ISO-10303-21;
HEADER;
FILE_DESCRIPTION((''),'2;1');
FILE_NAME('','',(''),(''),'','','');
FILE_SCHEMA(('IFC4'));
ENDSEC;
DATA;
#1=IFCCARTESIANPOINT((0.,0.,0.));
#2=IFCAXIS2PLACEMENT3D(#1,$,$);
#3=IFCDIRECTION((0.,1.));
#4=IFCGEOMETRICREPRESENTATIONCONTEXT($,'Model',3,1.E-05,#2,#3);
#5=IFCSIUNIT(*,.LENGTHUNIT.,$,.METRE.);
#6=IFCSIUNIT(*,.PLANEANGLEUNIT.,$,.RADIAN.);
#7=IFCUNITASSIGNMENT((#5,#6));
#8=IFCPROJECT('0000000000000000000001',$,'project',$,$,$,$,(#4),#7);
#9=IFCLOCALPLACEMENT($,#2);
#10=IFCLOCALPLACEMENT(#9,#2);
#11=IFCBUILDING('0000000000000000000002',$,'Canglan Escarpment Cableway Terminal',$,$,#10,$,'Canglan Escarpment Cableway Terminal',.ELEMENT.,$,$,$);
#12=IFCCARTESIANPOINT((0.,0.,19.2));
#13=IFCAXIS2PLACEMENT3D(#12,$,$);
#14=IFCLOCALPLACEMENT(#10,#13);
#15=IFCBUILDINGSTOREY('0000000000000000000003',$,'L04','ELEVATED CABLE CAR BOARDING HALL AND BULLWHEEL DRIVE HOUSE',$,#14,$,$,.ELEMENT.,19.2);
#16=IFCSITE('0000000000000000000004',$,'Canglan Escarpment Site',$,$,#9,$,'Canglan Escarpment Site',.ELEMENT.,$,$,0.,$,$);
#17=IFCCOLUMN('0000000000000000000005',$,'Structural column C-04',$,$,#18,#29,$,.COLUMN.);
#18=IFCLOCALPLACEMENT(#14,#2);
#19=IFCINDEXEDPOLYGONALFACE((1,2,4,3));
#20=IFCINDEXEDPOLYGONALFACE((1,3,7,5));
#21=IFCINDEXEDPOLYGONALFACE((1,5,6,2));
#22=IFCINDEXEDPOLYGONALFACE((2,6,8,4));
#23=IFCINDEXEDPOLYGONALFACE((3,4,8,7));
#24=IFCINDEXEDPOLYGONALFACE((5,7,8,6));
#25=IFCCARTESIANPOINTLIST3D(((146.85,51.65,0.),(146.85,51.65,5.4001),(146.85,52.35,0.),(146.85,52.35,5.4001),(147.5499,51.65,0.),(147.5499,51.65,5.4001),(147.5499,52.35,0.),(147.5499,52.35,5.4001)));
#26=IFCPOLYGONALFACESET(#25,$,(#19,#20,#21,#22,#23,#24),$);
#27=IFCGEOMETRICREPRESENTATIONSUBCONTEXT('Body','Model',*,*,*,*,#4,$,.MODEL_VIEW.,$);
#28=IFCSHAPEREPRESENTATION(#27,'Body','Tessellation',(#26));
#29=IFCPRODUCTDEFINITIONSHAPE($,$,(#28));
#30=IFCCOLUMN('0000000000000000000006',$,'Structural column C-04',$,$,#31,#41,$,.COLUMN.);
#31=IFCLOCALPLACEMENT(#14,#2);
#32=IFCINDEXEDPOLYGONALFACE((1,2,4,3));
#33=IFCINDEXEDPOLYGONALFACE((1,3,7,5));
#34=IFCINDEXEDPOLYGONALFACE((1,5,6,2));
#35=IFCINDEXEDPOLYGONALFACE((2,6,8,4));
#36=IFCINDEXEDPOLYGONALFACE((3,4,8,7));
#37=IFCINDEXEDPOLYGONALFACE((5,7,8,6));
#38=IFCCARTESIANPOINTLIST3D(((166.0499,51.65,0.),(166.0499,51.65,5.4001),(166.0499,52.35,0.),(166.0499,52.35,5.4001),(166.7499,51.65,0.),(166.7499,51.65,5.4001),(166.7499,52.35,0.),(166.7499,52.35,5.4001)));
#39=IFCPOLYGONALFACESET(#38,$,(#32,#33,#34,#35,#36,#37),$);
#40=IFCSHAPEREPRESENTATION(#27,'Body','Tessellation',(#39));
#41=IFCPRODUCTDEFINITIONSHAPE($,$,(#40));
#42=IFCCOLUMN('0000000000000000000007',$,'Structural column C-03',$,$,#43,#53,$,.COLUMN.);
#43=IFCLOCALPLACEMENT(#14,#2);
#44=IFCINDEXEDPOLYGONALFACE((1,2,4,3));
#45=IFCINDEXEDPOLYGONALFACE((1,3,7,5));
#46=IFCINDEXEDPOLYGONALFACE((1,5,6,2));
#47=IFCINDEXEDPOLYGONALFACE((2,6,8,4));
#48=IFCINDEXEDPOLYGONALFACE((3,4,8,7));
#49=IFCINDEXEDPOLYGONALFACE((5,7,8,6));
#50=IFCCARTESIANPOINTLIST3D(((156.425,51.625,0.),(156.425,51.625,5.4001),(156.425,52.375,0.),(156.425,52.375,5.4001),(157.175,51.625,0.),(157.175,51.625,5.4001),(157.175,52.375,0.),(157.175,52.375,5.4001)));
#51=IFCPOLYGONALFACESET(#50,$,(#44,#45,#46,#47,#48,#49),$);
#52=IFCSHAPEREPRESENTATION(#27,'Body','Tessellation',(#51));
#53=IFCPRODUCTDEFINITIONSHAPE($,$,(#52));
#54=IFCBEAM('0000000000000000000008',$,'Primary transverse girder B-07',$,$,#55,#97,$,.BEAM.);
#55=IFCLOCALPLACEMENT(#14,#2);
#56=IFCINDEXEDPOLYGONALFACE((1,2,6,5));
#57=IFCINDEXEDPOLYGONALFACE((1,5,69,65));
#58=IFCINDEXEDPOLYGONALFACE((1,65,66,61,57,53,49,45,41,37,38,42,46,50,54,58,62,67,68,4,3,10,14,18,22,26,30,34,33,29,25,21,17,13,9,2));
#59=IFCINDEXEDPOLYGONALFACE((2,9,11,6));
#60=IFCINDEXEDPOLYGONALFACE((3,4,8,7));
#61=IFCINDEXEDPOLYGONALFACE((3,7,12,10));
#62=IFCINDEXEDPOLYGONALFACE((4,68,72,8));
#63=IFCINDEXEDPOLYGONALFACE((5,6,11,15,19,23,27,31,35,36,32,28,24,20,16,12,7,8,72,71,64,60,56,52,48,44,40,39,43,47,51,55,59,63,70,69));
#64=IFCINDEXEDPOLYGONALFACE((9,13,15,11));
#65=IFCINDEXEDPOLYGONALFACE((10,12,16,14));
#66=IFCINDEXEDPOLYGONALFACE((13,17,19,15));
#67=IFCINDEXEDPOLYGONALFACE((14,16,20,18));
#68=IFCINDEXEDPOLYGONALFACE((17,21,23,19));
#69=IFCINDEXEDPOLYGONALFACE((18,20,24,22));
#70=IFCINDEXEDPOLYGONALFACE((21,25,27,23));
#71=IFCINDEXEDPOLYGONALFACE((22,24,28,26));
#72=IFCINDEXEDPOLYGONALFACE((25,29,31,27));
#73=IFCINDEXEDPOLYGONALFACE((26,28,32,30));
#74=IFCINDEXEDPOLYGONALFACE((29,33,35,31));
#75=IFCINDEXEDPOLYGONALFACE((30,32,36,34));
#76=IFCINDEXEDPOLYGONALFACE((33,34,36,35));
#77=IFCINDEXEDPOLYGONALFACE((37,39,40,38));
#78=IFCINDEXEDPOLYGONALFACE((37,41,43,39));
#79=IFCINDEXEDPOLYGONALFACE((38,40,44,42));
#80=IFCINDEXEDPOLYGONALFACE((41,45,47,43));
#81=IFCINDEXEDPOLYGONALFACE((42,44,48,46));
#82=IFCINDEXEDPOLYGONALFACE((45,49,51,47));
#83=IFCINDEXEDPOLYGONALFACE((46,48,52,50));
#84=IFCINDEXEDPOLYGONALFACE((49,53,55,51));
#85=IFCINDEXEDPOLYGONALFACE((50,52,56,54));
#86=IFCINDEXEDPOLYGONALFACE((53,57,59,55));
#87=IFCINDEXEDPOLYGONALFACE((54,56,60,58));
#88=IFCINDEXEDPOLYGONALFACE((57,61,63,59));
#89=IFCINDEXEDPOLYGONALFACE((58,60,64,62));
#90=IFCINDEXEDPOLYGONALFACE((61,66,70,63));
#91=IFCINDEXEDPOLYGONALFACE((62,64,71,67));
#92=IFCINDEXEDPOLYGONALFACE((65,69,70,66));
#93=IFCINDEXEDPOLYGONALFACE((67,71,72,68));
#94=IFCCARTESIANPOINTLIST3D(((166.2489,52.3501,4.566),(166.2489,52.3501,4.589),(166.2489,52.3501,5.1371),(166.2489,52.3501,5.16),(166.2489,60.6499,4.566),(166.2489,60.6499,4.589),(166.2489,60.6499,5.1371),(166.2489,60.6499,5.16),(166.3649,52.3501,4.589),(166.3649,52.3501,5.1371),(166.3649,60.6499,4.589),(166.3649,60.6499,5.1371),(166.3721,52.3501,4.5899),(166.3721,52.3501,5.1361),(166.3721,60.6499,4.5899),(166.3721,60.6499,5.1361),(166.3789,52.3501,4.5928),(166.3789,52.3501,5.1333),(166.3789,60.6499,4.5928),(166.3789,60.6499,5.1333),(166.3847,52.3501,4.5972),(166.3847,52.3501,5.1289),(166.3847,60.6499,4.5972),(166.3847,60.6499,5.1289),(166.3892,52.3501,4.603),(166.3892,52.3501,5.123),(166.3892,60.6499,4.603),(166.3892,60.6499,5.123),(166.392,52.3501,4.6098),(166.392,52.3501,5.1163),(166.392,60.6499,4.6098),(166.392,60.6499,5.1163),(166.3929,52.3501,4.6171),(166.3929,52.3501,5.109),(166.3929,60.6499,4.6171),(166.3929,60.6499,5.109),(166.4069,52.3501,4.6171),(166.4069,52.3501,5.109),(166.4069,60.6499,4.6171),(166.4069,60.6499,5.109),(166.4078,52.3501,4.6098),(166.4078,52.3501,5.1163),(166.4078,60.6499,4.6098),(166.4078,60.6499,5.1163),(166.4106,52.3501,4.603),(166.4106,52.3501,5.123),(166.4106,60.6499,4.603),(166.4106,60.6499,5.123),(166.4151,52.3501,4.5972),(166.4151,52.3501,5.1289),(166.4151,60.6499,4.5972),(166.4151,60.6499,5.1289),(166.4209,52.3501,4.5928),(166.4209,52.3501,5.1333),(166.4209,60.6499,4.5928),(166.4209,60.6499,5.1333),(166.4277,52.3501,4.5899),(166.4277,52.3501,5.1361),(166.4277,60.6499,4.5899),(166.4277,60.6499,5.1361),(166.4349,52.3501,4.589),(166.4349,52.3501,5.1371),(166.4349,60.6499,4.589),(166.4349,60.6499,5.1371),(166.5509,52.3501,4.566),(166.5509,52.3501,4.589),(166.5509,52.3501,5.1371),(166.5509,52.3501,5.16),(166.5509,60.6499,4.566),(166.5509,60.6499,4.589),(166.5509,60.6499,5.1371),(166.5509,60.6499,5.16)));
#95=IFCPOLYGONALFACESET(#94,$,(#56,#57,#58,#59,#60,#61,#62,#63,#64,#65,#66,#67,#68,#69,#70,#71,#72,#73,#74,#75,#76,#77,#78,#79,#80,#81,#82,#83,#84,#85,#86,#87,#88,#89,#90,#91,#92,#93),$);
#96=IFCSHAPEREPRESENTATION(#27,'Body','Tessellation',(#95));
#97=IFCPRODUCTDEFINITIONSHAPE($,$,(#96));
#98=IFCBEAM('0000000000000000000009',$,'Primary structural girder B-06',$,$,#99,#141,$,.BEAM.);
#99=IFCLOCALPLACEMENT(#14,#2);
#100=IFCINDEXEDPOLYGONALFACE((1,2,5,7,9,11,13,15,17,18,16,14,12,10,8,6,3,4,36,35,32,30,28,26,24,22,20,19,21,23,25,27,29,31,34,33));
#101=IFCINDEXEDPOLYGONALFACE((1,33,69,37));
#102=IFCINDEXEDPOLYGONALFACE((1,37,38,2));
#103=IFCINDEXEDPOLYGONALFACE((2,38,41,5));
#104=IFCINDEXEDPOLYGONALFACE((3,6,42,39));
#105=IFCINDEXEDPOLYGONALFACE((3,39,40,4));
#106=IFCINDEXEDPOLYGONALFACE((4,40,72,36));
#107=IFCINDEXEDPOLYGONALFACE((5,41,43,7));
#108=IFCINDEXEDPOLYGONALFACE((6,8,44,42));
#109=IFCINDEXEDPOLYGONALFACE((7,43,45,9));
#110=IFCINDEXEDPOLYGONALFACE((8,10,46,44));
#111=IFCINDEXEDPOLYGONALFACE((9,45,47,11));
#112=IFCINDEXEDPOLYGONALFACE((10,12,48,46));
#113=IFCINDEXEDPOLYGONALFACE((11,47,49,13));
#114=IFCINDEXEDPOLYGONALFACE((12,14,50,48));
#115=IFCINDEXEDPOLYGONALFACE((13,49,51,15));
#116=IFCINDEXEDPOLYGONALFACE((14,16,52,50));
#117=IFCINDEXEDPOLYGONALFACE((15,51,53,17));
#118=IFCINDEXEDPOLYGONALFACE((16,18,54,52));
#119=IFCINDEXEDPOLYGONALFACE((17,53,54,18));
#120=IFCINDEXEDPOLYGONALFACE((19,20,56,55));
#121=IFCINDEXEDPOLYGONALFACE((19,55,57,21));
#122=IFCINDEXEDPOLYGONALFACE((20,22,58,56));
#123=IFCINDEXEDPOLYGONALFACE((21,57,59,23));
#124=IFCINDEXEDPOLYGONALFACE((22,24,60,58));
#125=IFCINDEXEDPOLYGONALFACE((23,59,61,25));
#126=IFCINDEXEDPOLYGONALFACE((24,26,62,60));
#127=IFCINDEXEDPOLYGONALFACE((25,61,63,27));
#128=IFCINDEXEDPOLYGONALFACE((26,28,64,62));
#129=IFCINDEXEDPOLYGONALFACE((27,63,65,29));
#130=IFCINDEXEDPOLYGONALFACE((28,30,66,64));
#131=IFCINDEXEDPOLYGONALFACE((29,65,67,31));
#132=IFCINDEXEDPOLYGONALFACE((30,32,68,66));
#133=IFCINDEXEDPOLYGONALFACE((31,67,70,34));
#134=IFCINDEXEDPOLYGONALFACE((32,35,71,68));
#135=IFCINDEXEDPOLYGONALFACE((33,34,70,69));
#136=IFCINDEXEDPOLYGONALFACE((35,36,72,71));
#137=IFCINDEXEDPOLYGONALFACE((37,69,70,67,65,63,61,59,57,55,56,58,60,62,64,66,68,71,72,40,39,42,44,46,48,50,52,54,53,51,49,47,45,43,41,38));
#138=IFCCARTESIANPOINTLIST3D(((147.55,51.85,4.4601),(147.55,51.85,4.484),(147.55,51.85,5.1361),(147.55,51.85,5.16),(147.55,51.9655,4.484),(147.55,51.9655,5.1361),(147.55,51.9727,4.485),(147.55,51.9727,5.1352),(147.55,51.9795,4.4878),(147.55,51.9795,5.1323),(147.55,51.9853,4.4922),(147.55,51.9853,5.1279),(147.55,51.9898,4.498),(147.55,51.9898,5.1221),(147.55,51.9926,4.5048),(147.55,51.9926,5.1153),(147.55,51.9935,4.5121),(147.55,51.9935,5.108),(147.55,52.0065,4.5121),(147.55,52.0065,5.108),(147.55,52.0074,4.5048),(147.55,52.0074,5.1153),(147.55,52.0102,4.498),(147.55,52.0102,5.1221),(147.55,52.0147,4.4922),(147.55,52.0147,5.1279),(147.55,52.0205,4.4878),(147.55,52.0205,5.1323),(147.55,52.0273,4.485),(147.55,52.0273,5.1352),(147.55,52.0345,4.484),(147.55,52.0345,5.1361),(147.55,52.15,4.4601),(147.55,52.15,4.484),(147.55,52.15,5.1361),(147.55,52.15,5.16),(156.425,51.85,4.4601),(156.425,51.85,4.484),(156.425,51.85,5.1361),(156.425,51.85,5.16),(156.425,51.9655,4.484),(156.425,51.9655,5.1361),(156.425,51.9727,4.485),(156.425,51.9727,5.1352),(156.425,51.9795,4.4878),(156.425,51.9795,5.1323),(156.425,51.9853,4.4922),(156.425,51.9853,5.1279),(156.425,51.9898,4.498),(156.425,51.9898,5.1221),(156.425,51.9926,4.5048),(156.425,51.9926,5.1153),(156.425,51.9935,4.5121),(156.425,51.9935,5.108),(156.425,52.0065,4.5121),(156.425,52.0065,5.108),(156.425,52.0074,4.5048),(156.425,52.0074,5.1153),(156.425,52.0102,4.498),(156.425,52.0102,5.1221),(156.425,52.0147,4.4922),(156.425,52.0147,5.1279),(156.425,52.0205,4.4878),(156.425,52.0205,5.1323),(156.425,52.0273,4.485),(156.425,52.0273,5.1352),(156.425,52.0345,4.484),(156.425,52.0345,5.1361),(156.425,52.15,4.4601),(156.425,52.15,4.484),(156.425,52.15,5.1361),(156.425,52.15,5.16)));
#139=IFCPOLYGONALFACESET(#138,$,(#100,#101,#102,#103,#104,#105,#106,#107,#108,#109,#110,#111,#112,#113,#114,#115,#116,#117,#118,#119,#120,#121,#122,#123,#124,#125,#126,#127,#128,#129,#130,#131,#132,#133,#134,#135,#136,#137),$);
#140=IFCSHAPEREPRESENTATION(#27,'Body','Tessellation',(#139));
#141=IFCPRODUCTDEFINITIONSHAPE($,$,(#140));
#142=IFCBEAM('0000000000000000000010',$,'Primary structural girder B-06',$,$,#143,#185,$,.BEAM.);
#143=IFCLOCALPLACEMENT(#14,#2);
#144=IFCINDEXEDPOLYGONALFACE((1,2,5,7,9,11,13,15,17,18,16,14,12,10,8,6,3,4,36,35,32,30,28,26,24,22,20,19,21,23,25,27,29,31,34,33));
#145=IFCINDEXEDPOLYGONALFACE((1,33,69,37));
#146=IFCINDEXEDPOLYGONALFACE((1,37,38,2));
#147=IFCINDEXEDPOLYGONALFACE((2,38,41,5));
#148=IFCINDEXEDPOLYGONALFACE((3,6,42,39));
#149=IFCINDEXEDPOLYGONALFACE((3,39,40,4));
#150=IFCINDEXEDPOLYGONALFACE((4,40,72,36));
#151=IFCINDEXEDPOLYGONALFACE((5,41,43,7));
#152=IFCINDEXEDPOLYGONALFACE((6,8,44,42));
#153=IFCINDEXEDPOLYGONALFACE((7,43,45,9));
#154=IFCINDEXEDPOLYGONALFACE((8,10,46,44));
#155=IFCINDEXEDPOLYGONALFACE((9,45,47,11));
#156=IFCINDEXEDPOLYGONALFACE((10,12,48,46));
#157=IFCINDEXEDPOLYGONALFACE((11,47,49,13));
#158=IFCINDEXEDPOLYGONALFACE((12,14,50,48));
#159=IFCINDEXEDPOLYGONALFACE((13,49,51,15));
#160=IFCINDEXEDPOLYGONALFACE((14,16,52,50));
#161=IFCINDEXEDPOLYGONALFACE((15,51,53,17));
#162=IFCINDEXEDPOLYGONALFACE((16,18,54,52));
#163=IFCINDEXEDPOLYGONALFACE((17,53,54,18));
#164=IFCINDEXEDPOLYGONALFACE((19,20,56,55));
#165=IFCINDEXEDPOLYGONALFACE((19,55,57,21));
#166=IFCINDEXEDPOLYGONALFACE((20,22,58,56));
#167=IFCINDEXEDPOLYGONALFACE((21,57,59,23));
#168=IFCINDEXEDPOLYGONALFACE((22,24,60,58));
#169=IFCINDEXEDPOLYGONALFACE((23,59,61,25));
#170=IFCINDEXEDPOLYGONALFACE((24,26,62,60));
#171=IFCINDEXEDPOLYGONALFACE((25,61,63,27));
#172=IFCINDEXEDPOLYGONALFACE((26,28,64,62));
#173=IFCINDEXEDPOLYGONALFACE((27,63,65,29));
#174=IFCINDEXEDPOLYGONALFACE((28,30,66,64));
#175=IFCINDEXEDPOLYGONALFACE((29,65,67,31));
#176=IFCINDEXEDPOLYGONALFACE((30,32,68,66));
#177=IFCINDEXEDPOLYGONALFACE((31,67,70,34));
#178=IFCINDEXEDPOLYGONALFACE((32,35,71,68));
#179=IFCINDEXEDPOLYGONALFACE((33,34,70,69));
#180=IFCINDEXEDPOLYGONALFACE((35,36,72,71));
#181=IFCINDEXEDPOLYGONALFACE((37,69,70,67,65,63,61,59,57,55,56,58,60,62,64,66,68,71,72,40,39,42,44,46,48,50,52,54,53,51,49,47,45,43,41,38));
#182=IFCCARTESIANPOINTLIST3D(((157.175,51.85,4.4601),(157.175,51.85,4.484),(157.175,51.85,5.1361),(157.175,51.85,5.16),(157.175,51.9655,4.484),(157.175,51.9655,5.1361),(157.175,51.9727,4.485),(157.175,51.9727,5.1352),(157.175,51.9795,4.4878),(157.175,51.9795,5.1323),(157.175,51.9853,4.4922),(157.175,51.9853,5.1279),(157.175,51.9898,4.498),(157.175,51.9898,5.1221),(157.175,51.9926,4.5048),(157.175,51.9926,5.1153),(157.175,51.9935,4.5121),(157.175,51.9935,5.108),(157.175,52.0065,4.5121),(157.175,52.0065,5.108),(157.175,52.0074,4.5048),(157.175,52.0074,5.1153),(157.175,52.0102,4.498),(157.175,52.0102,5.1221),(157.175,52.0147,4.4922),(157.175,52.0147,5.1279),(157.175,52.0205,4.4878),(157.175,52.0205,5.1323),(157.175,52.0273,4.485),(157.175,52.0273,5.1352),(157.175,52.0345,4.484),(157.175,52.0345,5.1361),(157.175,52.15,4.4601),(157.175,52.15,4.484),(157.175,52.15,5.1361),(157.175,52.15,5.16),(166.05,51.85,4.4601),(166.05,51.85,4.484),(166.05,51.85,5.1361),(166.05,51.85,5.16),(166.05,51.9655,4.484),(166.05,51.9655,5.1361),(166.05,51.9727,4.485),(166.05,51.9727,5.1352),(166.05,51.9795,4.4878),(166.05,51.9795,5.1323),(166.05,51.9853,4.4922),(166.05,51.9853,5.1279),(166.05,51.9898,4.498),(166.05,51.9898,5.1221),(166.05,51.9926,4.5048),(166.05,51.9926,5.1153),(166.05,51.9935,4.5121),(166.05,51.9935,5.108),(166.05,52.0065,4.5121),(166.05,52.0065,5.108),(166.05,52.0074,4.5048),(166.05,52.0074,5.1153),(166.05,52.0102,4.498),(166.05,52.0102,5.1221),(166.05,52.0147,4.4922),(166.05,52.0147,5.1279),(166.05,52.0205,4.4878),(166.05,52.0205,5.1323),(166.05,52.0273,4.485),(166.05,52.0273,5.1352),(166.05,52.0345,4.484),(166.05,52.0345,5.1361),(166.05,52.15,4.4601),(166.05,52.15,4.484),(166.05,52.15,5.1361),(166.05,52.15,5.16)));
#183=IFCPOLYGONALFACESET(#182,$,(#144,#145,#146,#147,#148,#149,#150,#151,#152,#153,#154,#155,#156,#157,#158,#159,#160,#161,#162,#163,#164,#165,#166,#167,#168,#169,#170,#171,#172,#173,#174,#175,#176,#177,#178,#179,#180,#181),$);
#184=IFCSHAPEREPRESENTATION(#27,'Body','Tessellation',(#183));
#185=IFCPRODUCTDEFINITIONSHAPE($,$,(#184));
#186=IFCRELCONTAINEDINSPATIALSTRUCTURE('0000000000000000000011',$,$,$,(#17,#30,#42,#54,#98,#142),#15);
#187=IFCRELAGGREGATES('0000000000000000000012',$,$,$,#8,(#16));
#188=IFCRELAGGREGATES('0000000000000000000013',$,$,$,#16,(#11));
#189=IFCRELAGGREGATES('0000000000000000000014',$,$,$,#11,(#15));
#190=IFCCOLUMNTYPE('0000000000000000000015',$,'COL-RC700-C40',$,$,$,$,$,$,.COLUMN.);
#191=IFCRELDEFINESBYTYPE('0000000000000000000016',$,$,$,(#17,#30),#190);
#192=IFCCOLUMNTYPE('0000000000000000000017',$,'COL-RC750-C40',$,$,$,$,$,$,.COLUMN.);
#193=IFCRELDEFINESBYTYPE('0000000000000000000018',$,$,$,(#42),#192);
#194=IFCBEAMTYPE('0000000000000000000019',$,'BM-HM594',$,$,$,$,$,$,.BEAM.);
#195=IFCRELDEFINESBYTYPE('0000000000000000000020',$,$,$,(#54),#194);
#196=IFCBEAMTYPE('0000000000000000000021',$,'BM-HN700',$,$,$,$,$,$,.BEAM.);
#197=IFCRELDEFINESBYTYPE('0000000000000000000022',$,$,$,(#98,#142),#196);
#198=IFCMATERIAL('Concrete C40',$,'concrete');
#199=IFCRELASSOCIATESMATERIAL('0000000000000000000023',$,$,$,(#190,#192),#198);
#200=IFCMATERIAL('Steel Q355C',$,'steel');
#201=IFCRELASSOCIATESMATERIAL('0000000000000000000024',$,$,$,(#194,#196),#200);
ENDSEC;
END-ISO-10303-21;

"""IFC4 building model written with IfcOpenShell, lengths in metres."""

from ifc_helpers import new_model, si_unit, direction, frame, origin, origin_2d, place, context, subcontext, project, spatial, rectangle, i_section, extrude, material, material_profile, profile_set, type_object, element, save


model = new_model("IFC4")

# Units and contexts
model_context = context("Model", 3, precision=1e-05, world=origin(), true_north=direction((0.0, 1.0)))
body_context = subcontext(model_context, "Body", "Model", "MODEL_VIEW")
ifc_project = project(units=[si_unit("LENGTHUNIT", "METRE"), si_unit("PLANEANGLEUNIT", "RADIAN")], contexts=[model_context])

# Site, building, storey
site_placement = place(None, origin())
site = spatial("IfcSite", under=ifc_project, at=site_placement, Name="Canglan Escarpment Site", LongName="Canglan Escarpment Site", CompositionType="ELEMENT", RefElevation=0.0)
building_placement = place(site_placement, origin())
building = spatial("IfcBuilding", under=site, at=building_placement, Name="Canglan Escarpment Cableway Terminal", LongName="Canglan Escarpment Cableway Terminal", CompositionType="ELEMENT")
storey_placement = place(building_placement, frame((0.0, 0.0, 19.2)))
storey = spatial("IfcBuildingStorey", under=building, at=storey_placement, Name="L04", Description="ELEVATED CABLE CAR BOARDING HALL AND BULLWHEEL DRIVE HOUSE", CompositionType="ELEMENT", Elevation=19.2)

# Columns
ifc_material_1 = material(Name="Concrete C40", Category="concrete")
ifc_material_profile_1 = material_profile(ifc_material_1, rectangle(XDim=0.7, YDim=0.7, at=origin_2d()), Name="RC 700x700")
ifc_profile_set_1 = profile_set([ifc_material_profile_1], Name="Concrete C40")
column_type_1 = type_object("IfcColumnType", Name="COL-RC700-C40", PredefinedType="COLUMN", material=ifc_profile_set_1)
for number, where, z_axis, x_axis, name in (
    (1, (147.2, 52.0, 0.0), (0.0, 0.0, 1.0), (1.0, 0.0, 0.0), "Structural column C-04"),
    (2, (166.3999, 52.0, 0.0), (0.0, 0.0, 1.0), (1.0, 0.0, 0.0), "Structural column C-04"),
):
    element("IfcColumn", number, at=place(storey_placement, frame(where, z_axis=z_axis, x_axis=x_axis)), inside=storey, type_object=column_type_1, Name=name, PredefinedType="COLUMN", context=body_context, shape_type="SweptSolid", body=[
        extrude(rectangle(XDim=0.7, YDim=0.7, at=origin_2d()), origin(), (0.0, 0.0, 1.0), 5.4001),
    ])
ifc_material_profile_2 = material_profile(ifc_material_1, rectangle(XDim=0.75, YDim=0.75, at=origin_2d()), Name="RC 750x750")
ifc_profile_set_2 = profile_set([ifc_material_profile_2], Name="Concrete C40")
column_type_2 = type_object("IfcColumnType", Name="COL-RC750-C40", PredefinedType="COLUMN", material=ifc_profile_set_2)
column_placement = place(storey_placement, frame((156.8, 52.0, 0.0), z_axis=(0.0, 0.0, 1.0), x_axis=(1.0, 0.0, 0.0)))
element("IfcColumn", 3, at=column_placement, inside=storey, type_object=column_type_2, Name="Structural column C-03", PredefinedType="COLUMN", context=body_context, shape_type="SweptSolid", body=[
    extrude(rectangle(XDim=0.75, YDim=0.75, at=origin_2d()), origin(), (0.0, 0.0, 1.0), 5.4001),
])

# Beams
ifc_material_2 = material(Name="Steel Q355C", Category="steel")
ifc_material_profile_3 = material_profile(ifc_material_2, i_section(OverallWidth=0.302, OverallDepth=0.594, WebThickness=0.0139, FlangeThickness=0.0229, FilletRadius=0.0281, at=origin_2d()), Name="HM 594x302x14x23")
ifc_profile_set_3 = profile_set([ifc_material_profile_3], Name="Steel Q355C")
beam_type_1 = type_object("IfcBeamType", Name="BM-HM594", PredefinedType="BEAM", material=ifc_profile_set_3)
beam_1_placement = place(storey_placement, frame((166.3999, 52.3501, 4.863), z_axis=(0.0, 1.0, 0.0), x_axis=(-1.0, 0.0, 0.0)))
element("IfcBeam", 4, at=beam_1_placement, inside=storey, type_object=beam_type_1, Name="Primary transverse girder B-07", PredefinedType="BEAM", context=body_context, shape_type="SweptSolid", body=[
    extrude(i_section(OverallWidth=0.302, OverallDepth=0.594, WebThickness=0.0139, FlangeThickness=0.0229, FilletRadius=0.0281, at=origin_2d()), origin(), (0.0, 0.0, 1.0), 8.2998),
])
ifc_material_profile_4 = material_profile(ifc_material_2, i_section(OverallWidth=0.3, OverallDepth=0.7, WebThickness=0.0129, FlangeThickness=0.0239, FilletRadius=0.0281, at=origin_2d()), Name="HN 700x300x13x24")
ifc_profile_set_4 = profile_set([ifc_material_profile_4], Name="Steel Q355C")
beam_type_2 = type_object("IfcBeamType", Name="BM-HN700", PredefinedType="BEAM", material=ifc_profile_set_4)
for number, where, z_axis, x_axis, name in (
    (5, (147.55, 52.0, 4.8101), (1.0, 0.0, 0.0), (0.0, 1.0, 0.0), "Primary structural girder B-06"),
    (6, (157.175, 52.0, 4.8101), (1.0, 0.0, 0.0), (0.0, 1.0, 0.0), "Primary structural girder B-06"),
):
    element("IfcBeam", number, at=place(storey_placement, frame(where, z_axis=z_axis, x_axis=x_axis)), inside=storey, type_object=beam_type_2, Name=name, PredefinedType="BEAM", context=body_context, shape_type="SweptSolid", body=[
        extrude(i_section(OverallWidth=0.3, OverallDepth=0.7, WebThickness=0.0129, FlangeThickness=0.0239, FilletRadius=0.0281, at=origin_2d()), origin(), (0.0, 0.0, 1.0), 8.875),
    ])

save(model, "model.ifc")
